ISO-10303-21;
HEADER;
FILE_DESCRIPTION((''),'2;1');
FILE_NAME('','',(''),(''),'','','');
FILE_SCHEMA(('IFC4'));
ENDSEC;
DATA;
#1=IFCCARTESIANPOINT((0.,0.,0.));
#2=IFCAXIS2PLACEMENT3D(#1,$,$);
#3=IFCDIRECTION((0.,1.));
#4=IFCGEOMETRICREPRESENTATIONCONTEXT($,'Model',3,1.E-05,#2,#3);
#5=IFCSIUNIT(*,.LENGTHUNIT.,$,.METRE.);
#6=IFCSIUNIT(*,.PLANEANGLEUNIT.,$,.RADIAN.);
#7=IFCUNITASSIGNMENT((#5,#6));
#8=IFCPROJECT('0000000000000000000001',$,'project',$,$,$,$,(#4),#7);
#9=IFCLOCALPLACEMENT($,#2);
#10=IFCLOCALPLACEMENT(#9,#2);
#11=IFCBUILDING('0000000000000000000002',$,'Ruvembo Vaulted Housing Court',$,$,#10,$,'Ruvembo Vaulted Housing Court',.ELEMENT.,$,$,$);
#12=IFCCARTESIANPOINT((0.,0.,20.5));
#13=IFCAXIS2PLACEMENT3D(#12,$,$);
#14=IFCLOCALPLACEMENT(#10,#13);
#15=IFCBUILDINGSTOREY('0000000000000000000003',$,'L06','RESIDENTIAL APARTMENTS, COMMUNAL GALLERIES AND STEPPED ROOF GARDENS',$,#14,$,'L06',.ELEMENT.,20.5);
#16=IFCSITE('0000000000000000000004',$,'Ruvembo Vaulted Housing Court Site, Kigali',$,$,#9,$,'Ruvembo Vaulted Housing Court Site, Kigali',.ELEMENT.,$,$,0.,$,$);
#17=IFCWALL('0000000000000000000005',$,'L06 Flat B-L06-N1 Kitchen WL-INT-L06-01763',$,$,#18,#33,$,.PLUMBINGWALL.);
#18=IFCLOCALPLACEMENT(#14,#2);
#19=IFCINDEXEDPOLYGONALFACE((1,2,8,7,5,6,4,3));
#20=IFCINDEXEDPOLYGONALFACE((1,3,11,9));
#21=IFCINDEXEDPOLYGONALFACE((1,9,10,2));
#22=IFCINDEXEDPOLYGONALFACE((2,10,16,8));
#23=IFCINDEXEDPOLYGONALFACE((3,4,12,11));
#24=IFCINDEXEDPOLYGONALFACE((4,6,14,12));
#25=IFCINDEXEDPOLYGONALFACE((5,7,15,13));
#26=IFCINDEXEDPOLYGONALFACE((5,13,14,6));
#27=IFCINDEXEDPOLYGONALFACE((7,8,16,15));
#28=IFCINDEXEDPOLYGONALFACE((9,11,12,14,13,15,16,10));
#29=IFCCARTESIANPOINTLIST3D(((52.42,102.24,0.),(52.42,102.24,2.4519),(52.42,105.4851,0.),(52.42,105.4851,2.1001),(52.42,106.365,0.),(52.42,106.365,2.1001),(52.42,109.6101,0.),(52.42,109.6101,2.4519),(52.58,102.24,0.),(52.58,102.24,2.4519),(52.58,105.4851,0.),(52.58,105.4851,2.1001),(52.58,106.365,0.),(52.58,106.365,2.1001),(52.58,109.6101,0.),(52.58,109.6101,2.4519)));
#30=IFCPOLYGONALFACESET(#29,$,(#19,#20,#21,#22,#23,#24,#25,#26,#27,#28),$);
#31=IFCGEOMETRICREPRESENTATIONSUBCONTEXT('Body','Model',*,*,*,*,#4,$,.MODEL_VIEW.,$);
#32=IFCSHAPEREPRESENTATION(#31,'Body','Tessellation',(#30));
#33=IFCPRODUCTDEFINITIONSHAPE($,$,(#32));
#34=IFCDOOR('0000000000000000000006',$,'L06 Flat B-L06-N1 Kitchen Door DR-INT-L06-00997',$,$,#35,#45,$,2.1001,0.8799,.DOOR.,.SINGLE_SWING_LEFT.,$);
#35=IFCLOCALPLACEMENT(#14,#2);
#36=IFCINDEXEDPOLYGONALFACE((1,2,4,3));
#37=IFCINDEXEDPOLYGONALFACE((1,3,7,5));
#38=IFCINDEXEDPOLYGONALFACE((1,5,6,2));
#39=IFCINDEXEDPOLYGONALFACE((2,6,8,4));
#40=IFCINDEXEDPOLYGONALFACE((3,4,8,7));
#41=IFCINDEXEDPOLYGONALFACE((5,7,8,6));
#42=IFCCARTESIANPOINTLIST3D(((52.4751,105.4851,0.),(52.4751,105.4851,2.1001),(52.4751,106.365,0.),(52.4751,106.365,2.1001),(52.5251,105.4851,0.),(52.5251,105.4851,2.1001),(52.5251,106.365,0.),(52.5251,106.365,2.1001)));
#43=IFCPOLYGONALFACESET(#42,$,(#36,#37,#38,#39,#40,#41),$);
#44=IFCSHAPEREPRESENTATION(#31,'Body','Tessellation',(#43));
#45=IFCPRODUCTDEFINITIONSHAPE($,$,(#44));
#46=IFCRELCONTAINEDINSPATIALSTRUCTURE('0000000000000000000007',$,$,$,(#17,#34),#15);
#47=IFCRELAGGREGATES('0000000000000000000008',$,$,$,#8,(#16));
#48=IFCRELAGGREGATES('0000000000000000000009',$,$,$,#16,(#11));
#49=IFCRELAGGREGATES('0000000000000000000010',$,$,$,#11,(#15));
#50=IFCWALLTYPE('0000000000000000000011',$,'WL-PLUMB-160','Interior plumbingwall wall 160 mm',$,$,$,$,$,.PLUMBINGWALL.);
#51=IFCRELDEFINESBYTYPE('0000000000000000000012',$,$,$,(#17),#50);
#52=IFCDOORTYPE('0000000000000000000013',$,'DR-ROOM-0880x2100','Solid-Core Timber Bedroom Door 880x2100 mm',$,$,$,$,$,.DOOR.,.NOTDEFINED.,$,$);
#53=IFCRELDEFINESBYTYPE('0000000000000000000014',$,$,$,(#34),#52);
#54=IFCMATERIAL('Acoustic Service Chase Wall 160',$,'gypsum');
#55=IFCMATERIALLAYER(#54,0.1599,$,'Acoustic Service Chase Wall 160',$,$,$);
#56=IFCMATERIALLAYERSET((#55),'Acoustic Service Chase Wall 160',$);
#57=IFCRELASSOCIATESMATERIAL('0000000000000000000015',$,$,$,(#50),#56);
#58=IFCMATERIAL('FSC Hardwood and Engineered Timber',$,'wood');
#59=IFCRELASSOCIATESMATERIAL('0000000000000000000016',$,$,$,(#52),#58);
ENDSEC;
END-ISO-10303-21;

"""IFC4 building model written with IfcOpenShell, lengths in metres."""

from ifc_helpers import new_model, si_unit, direction, frame, frame_2d, origin, place, context, subcontext, project, spatial, rectangle, extrude, material, layer, layer_set, type_object, element, fill, save


model = new_model("IFC4")

# Units and contexts
model_context = context("Model", 3, precision=1e-05, world=origin(), true_north=direction((0.0, 1.0)))
body_context = subcontext(model_context, "Body", "Model", "MODEL_VIEW")
ifc_project = project(units=[si_unit("LENGTHUNIT", "METRE"), si_unit("PLANEANGLEUNIT", "RADIAN")], contexts=[model_context])

# Site, building, storey
site_placement = place(None, origin())
site = spatial("IfcSite", under=ifc_project, at=site_placement, Name="Ruvembo Vaulted Housing Court Site, Kigali", LongName="Ruvembo Vaulted Housing Court Site, Kigali", CompositionType="ELEMENT", RefElevation=0.0)
building_placement = place(site_placement, origin())
building = spatial("IfcBuilding", under=site, at=building_placement, Name="Ruvembo Vaulted Housing Court", LongName="Ruvembo Vaulted Housing Court", CompositionType="ELEMENT")
storey_placement = place(building_placement, frame((0.0, 0.0, 20.5)))
storey = spatial("IfcBuildingStorey", under=building, at=storey_placement, Name="L06", Description="RESIDENTIAL APARTMENTS, COMMUNAL GALLERIES AND STEPPED ROOF GARDENS", LongName="L06", CompositionType="ELEMENT", Elevation=20.5)

# Shared definitions
ifc_material_1 = material(Name="FSC Hardwood and Engineered Timber", Category="wood")

# Wall, opening, door
ifc_material_2 = material(Name="Acoustic Service Chase Wall 160", Category="gypsum")
ifc_layer_1 = layer(ifc_material_2, 0.1599, Name="Acoustic Service Chase Wall 160")
ifc_layer_set_1 = layer_set([ifc_layer_1], Name="Acoustic Service Chase Wall 160")
wall_type_1 = type_object("IfcWallType", Name="WL-PLUMB-160", Description="Interior plumbingwall wall 160 mm", PredefinedType="PLUMBINGWALL", material=ifc_layer_set_1)
wall_1_placement = place(storey_placement, frame((52.5, 102.24, 0.0), z_axis=(0.0, 0.0, 1.0), x_axis=(0.0, 1.0, 0.0)))
wall_1 = element("IfcWall", 1, at=wall_1_placement, inside=storey, type_object=wall_type_1, Name="L06 Flat B-L06-N1 Kitchen WL-INT-L06-01763", PredefinedType="PLUMBINGWALL", context=body_context, shape_type="SweptSolid", body=[
    extrude(rectangle(XDim=7.3701, YDim=0.1599, at=frame_2d((3.6851, 0.0))), origin(), (0.0, 0.0, 1.0), 2.4519),
])
opening_1_placement = place(wall_1_placement, frame((3.2451, 0.0, 0.0)))
opening_1 = element("IfcOpeningElement", 2, at=opening_1_placement, cuts=wall_1, PredefinedType="OPENING", context=body_context, shape_type="SweptSolid", body=[
    extrude(rectangle(XDim=0.8799, YDim=2.1001, at=frame_2d((0.4399, 1.05))), frame((0.0, 0.0898, 0.0), z_axis=(0.0, -1.0, 0.0), x_axis=(1.0, 0.0, 0.0)), (0.0, 0.0, 1.0), 0.1799),
])
door_type_1 = type_object("IfcDoorType", Name="DR-ROOM-0880x2100", Description="Solid-Core Timber Bedroom Door 880x2100 mm", OperationType="NOTDEFINED", PredefinedType="DOOR", material=ifc_material_1)
door_1_placement = place(opening_1_placement, origin())
door_1 = element("IfcDoor", 3, at=door_1_placement, inside=storey, type_object=door_type_1, Name="L06 Flat B-L06-N1 Kitchen Door DR-INT-L06-00997", OperationType="SINGLE_SWING_LEFT", OverallHeight=2.1001, OverallWidth=0.8799, PredefinedType="DOOR", context=body_context, shape_type="SweptSolid", body=[
    extrude(rectangle(XDim=0.8799, YDim=2.1001, at=frame_2d((0.4399, 1.05))), frame((0.0, 0.0249, 0.0), z_axis=(0.0, -1.0, 0.0), x_axis=(1.0, 0.0, 0.0)), (0.0, 0.0, 1.0), 0.05),
])
fill(opening_1, door_1)

save(model, "model.ifc")
